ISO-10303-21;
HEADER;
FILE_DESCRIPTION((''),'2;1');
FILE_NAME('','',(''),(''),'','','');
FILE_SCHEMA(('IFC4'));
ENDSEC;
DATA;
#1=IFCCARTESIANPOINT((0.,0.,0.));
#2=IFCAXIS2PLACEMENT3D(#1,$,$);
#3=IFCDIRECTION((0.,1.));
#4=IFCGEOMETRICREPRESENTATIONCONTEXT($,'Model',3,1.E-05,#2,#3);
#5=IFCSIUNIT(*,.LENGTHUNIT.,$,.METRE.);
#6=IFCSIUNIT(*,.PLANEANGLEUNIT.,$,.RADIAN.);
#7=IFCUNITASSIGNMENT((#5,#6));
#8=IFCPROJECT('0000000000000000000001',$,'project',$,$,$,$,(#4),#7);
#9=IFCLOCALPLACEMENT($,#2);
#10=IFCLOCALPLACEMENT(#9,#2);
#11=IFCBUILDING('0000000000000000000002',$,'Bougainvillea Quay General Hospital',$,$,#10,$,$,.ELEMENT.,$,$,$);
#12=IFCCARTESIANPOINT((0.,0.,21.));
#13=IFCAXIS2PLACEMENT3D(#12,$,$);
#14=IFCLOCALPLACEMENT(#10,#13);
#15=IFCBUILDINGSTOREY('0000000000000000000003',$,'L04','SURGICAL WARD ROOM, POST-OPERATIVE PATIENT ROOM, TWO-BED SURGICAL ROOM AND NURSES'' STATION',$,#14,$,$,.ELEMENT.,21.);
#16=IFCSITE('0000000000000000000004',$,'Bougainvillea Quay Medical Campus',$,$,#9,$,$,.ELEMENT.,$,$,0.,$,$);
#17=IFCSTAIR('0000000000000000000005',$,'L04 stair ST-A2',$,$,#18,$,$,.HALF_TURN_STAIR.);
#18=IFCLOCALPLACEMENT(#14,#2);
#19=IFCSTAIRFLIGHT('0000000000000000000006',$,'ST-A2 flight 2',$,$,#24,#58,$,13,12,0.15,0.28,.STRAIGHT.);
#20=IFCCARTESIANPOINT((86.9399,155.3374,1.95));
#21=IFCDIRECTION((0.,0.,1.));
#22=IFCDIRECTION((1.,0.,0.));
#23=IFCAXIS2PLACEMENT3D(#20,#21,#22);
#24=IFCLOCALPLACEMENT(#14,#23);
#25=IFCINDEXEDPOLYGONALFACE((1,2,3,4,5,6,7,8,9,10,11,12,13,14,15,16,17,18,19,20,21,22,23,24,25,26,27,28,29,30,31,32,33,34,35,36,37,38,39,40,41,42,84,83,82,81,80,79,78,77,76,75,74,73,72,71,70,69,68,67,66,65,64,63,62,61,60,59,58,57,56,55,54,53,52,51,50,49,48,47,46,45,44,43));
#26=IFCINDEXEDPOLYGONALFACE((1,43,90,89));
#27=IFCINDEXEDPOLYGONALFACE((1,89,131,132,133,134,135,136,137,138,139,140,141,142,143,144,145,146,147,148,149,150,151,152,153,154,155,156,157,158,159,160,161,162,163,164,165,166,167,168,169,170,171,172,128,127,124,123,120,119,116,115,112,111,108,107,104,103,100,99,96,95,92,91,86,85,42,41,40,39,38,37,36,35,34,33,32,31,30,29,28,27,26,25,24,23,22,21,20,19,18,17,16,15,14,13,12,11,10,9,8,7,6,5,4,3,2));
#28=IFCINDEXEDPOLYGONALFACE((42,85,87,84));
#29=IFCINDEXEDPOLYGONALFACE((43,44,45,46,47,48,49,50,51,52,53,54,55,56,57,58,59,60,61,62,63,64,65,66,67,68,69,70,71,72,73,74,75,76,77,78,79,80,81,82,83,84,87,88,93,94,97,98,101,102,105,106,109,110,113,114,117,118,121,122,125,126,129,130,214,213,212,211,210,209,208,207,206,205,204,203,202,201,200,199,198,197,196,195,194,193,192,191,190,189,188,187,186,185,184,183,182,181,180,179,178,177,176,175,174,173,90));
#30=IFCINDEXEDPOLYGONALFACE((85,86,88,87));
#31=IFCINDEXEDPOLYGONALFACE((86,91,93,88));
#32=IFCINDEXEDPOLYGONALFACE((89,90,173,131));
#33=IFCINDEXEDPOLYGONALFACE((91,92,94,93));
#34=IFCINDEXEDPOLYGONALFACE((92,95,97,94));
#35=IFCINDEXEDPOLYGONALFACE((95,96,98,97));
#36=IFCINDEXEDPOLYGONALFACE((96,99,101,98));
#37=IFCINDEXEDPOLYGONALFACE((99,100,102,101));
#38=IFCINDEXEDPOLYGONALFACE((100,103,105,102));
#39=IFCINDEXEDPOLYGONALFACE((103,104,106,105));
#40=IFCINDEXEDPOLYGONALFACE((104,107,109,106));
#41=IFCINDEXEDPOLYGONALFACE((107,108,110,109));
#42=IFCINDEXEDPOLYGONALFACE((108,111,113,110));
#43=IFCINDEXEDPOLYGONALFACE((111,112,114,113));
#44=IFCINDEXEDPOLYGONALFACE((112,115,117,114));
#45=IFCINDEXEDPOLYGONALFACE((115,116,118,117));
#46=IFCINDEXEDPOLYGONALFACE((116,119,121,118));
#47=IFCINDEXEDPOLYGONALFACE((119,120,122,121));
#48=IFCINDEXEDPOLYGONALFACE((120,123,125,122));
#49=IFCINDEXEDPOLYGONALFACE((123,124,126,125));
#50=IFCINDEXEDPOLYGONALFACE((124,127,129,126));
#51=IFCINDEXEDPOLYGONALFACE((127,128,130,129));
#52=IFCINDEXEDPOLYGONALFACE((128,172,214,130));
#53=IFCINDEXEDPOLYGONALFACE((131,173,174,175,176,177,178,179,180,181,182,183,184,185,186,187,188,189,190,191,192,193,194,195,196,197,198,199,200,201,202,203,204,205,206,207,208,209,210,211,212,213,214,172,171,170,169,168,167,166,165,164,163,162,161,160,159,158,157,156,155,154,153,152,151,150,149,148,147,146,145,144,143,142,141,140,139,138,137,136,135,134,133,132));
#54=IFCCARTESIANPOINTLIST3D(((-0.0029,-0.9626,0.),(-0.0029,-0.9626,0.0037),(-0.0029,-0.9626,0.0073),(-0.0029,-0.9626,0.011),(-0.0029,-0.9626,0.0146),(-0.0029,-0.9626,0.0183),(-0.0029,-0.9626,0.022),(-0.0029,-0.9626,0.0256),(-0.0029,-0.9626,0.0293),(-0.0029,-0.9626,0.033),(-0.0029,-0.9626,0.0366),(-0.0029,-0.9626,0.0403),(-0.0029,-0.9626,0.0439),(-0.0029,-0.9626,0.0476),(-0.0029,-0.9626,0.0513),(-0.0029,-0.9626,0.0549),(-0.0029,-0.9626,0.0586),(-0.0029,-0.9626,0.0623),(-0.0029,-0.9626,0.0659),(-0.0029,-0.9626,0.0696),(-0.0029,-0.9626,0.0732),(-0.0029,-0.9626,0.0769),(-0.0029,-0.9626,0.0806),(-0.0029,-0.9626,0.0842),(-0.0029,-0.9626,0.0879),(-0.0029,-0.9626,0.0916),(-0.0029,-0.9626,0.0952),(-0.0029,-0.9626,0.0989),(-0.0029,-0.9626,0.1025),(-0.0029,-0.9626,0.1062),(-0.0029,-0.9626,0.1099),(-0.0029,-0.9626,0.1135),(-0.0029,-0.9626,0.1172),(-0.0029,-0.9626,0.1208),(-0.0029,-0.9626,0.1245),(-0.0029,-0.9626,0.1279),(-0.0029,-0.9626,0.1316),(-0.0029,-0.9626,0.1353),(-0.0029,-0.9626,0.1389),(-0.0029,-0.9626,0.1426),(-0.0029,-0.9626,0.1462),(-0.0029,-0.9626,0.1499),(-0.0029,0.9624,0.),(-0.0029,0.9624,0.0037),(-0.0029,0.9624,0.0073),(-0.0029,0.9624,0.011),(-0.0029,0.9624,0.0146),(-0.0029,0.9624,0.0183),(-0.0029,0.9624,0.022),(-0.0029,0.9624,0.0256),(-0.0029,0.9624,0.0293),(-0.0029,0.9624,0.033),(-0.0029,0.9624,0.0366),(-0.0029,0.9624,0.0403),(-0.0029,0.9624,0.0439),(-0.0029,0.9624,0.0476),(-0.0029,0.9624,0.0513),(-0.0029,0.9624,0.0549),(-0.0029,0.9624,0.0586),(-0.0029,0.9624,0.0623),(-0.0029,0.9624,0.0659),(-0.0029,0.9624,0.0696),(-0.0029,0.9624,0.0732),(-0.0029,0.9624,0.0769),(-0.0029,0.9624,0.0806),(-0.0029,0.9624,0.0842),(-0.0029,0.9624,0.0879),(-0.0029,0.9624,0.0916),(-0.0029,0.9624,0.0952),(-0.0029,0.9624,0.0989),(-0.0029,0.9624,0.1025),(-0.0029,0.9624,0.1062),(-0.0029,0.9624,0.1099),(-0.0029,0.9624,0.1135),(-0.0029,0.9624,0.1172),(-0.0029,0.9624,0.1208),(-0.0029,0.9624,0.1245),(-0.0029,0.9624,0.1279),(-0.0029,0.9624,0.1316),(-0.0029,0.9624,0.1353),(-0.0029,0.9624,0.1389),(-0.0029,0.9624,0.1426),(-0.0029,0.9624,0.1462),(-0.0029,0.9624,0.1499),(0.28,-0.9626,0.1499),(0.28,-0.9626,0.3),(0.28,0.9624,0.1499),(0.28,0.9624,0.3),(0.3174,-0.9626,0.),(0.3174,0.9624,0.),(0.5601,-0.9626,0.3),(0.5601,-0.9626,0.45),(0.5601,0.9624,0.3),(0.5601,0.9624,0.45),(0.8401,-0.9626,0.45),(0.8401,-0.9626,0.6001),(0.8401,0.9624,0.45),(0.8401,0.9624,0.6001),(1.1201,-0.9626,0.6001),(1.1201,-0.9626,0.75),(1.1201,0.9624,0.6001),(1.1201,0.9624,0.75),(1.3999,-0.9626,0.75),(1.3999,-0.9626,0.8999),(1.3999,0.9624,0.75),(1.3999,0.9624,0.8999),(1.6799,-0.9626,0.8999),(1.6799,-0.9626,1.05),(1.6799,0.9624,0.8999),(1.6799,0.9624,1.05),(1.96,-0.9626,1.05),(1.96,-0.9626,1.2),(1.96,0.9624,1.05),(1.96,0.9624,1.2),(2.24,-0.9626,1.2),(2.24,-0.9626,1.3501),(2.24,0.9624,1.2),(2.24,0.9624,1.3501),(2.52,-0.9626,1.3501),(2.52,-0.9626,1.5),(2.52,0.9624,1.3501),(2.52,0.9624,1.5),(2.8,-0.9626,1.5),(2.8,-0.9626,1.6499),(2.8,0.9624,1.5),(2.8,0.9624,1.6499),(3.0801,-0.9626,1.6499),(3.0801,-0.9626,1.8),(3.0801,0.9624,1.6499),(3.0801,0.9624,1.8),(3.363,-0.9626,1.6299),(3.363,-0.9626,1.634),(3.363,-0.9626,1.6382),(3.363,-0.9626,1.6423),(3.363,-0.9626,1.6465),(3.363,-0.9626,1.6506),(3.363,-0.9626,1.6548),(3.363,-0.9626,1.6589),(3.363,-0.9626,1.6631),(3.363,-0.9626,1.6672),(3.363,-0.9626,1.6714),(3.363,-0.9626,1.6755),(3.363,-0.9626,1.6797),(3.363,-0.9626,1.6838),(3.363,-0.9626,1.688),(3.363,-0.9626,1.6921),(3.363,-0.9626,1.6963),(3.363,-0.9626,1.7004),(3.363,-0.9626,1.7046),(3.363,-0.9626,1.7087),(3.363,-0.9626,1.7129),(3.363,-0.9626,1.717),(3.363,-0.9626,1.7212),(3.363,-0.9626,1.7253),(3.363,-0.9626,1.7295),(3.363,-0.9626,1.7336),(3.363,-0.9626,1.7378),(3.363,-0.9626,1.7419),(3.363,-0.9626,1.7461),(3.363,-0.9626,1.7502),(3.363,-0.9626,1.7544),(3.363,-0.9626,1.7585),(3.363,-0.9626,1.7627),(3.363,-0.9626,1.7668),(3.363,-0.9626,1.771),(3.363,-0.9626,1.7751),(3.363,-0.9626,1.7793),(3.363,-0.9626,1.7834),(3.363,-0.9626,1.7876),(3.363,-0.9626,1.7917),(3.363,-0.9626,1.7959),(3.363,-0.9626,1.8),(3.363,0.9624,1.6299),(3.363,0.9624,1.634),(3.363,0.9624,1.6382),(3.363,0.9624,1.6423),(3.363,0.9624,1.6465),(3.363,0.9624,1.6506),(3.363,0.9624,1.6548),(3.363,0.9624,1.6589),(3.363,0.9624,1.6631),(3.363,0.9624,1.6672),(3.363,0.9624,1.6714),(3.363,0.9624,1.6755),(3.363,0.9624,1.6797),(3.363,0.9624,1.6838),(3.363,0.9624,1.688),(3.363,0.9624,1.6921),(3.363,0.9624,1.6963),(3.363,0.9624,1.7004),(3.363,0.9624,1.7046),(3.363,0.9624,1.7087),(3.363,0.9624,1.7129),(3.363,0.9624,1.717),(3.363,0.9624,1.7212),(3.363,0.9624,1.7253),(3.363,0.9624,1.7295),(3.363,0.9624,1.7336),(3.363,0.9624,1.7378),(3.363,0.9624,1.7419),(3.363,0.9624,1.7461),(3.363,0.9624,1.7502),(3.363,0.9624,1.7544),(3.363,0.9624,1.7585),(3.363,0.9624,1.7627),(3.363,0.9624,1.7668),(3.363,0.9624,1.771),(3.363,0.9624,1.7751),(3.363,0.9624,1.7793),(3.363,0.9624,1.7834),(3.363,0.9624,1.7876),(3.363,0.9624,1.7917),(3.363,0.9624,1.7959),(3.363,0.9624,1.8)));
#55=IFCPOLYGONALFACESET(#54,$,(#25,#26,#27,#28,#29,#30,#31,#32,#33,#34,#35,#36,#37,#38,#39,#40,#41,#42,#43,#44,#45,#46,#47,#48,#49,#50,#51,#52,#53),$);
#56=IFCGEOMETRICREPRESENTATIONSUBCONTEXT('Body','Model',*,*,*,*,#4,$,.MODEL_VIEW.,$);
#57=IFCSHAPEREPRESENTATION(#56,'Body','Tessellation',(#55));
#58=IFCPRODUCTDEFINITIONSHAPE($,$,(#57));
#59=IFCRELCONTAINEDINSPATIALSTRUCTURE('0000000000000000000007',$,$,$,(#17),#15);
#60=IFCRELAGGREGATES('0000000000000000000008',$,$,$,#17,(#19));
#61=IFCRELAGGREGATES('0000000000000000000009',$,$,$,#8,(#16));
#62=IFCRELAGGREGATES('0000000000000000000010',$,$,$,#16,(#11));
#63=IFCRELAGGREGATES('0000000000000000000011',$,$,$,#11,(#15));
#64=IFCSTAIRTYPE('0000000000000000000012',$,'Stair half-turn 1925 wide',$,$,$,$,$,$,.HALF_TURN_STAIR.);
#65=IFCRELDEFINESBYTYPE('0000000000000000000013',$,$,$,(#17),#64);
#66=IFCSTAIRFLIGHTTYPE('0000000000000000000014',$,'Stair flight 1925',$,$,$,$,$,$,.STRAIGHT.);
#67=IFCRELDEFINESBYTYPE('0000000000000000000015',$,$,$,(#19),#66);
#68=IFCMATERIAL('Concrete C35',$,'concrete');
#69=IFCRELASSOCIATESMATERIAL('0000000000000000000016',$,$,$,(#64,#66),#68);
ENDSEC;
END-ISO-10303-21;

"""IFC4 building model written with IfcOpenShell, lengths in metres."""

from ifc_helpers import new_model, si_unit, direction, frame, origin, place, context, subcontext, project, spatial, polyline, outline, extrude, material, type_object, element, aggregate, save


model = new_model("IFC4")

# Units and contexts
model_context = context("Model", 3, precision=1e-05, world=origin(), true_north=direction((0.0, 1.0)))
body_context = subcontext(model_context, "Body", "Model", "MODEL_VIEW")
ifc_project = project(units=[si_unit("LENGTHUNIT", "METRE"), si_unit("PLANEANGLEUNIT", "RADIAN")], contexts=[model_context])

# Site, building, storey
site_placement = place(None, origin())
site = spatial("IfcSite", under=ifc_project, at=site_placement, Name="Bougainvillea Quay Medical Campus", CompositionType="ELEMENT", RefElevation=0.0)
building_placement = place(site_placement, origin())
building = spatial("IfcBuilding", under=site, at=building_placement, Name="Bougainvillea Quay General Hospital", CompositionType="ELEMENT")
storey_placement = place(building_placement, frame((0.0, 0.0, 21.0)))
storey = spatial("IfcBuildingStorey", under=building, at=storey_placement, Name="L04", Description="SURGICAL WARD ROOM, POST-OPERATIVE PATIENT ROOM, TWO-BED SURGICAL ROOM AND NURSES' STATION", CompositionType="ELEMENT", Elevation=21.0)

# Stair, stair flight
ifc_material_1 = material(Name="Concrete C35", Category="concrete")
stair_type = type_object("IfcStairType", Name="Stair half-turn 1925 wide", PredefinedType="HALF_TURN_STAIR", material=ifc_material_1)
stair_placement = place(storey_placement, origin())
stair = element("IfcStair", 1, at=stair_placement, inside=storey, type_object=stair_type, Name="L04 stair ST-A2", PredefinedType="HALF_TURN_STAIR")
stair_flight_type = type_object("IfcStairFlightType", Name="Stair flight 1925", PredefinedType="STRAIGHT", material=ifc_material_1)
stair_flight_1_placement = place(storey_placement, frame((86.9399, 155.3374, 1.95), z_axis=(0.0, 0.0, 1.0), x_axis=(1.0, 0.0, 0.0)))
stair_flight_1 = element("IfcStairFlight", 2, at=stair_flight_1_placement, type_object=stair_flight_type, Name="ST-A2 flight 2", NumberOfRisers=13, NumberOfTreads=12, PredefinedType="STRAIGHT", RiserHeight=0.15, TreadLength=0.28, context=body_context, shape_type="SweptSolid", body=[
    extrude(outline(polyline([(-0.0029, 0.0), (-0.0029, 0.0037), (-0.0029, 0.0073), (-0.0029, 0.011), (-0.0029, 0.0146), (-0.0029, 0.0183), (-0.0029, 0.022), (-0.0029, 0.0256), (-0.0029, 0.0293), (-0.0029, 0.033), (-0.0029, 0.0366), (-0.0029, 0.0403), (-0.0029, 0.0439), (-0.0029, 0.0476), (-0.0029, 0.0513), (-0.0029, 0.0549), (-0.0029, 0.0586), (-0.0029, 0.0623), (-0.0029, 0.0659), (-0.0029, 0.0696), (-0.0029, 0.0732), (-0.0029, 0.0769), (-0.0029, 0.0806), (-0.0029, 0.0842), (-0.0029, 0.0879), (-0.0029, 0.0916), (-0.0029, 0.0952), (-0.0029, 0.0989), (-0.0029, 0.1025), (-0.0029, 0.1062), (-0.0029, 0.1099), (-0.0029, 0.1135), (-0.0029, 0.1172), (-0.0029, 0.1208), (-0.0029, 0.1245), (-0.0029, 0.1279), (-0.0029, 0.1316), (-0.0029, 0.1353), (-0.0029, 0.1389), (-0.0029, 0.1426), (-0.0029, 0.1462), (-0.0029, 0.1499), (0.28, 0.1499), (0.28, 0.3), (0.5601, 0.3), (0.5601, 0.45), (0.8401, 0.45), (0.8401, 0.6001), (1.1201, 0.6001), (1.1201, 0.75), (1.3999, 0.75), (1.3999, 0.8999), (1.6799, 0.8999), (1.6799, 1.05), (1.96, 1.05), (1.96, 1.2), (2.24, 1.2), (2.24, 1.3501), (2.52, 1.3501), (2.52, 1.5), (2.8, 1.5), (2.8, 1.6499), (3.0801, 1.6499), (3.0801, 1.8), (3.363, 1.8), (3.363, 1.7959), (3.363, 1.7917), (3.363, 1.7876), (3.363, 1.7834), (3.363, 1.7793), (3.363, 1.7751), (3.363, 1.771), (3.363, 1.7668), (3.363, 1.7627), (3.363, 1.7585), (3.363, 1.7544), (3.363, 1.7502), (3.363, 1.7461), (3.363, 1.7419), (3.363, 1.7378), (3.363, 1.7336), (3.363, 1.7295), (3.363, 1.7253), (3.363, 1.7212), (3.363, 1.717), (3.363, 1.7129), (3.363, 1.7087), (3.363, 1.7046), (3.363, 1.7004), (3.363, 1.6963), (3.363, 1.6921), (3.363, 1.688), (3.363, 1.6838), (3.363, 1.6797), (3.363, 1.6755), (3.363, 1.6714), (3.363, 1.6672), (3.363, 1.6631), (3.363, 1.6589), (3.363, 1.6548), (3.363, 1.6506), (3.363, 1.6465), (3.363, 1.6423), (3.363, 1.6382), (3.363, 1.634), (3.363, 1.6299), (0.3174, 0.0), (-0.0029, 0.0)])), frame((0.0, 0.9624, 0.0), z_axis=(0.0, -1.0, 0.0), x_axis=(1.0, 0.0, 0.0)), (0.0, 0.0, 1.0), 1.925),
])
aggregate(stair, [stair_flight_1])

save(model, "model.ifc")
